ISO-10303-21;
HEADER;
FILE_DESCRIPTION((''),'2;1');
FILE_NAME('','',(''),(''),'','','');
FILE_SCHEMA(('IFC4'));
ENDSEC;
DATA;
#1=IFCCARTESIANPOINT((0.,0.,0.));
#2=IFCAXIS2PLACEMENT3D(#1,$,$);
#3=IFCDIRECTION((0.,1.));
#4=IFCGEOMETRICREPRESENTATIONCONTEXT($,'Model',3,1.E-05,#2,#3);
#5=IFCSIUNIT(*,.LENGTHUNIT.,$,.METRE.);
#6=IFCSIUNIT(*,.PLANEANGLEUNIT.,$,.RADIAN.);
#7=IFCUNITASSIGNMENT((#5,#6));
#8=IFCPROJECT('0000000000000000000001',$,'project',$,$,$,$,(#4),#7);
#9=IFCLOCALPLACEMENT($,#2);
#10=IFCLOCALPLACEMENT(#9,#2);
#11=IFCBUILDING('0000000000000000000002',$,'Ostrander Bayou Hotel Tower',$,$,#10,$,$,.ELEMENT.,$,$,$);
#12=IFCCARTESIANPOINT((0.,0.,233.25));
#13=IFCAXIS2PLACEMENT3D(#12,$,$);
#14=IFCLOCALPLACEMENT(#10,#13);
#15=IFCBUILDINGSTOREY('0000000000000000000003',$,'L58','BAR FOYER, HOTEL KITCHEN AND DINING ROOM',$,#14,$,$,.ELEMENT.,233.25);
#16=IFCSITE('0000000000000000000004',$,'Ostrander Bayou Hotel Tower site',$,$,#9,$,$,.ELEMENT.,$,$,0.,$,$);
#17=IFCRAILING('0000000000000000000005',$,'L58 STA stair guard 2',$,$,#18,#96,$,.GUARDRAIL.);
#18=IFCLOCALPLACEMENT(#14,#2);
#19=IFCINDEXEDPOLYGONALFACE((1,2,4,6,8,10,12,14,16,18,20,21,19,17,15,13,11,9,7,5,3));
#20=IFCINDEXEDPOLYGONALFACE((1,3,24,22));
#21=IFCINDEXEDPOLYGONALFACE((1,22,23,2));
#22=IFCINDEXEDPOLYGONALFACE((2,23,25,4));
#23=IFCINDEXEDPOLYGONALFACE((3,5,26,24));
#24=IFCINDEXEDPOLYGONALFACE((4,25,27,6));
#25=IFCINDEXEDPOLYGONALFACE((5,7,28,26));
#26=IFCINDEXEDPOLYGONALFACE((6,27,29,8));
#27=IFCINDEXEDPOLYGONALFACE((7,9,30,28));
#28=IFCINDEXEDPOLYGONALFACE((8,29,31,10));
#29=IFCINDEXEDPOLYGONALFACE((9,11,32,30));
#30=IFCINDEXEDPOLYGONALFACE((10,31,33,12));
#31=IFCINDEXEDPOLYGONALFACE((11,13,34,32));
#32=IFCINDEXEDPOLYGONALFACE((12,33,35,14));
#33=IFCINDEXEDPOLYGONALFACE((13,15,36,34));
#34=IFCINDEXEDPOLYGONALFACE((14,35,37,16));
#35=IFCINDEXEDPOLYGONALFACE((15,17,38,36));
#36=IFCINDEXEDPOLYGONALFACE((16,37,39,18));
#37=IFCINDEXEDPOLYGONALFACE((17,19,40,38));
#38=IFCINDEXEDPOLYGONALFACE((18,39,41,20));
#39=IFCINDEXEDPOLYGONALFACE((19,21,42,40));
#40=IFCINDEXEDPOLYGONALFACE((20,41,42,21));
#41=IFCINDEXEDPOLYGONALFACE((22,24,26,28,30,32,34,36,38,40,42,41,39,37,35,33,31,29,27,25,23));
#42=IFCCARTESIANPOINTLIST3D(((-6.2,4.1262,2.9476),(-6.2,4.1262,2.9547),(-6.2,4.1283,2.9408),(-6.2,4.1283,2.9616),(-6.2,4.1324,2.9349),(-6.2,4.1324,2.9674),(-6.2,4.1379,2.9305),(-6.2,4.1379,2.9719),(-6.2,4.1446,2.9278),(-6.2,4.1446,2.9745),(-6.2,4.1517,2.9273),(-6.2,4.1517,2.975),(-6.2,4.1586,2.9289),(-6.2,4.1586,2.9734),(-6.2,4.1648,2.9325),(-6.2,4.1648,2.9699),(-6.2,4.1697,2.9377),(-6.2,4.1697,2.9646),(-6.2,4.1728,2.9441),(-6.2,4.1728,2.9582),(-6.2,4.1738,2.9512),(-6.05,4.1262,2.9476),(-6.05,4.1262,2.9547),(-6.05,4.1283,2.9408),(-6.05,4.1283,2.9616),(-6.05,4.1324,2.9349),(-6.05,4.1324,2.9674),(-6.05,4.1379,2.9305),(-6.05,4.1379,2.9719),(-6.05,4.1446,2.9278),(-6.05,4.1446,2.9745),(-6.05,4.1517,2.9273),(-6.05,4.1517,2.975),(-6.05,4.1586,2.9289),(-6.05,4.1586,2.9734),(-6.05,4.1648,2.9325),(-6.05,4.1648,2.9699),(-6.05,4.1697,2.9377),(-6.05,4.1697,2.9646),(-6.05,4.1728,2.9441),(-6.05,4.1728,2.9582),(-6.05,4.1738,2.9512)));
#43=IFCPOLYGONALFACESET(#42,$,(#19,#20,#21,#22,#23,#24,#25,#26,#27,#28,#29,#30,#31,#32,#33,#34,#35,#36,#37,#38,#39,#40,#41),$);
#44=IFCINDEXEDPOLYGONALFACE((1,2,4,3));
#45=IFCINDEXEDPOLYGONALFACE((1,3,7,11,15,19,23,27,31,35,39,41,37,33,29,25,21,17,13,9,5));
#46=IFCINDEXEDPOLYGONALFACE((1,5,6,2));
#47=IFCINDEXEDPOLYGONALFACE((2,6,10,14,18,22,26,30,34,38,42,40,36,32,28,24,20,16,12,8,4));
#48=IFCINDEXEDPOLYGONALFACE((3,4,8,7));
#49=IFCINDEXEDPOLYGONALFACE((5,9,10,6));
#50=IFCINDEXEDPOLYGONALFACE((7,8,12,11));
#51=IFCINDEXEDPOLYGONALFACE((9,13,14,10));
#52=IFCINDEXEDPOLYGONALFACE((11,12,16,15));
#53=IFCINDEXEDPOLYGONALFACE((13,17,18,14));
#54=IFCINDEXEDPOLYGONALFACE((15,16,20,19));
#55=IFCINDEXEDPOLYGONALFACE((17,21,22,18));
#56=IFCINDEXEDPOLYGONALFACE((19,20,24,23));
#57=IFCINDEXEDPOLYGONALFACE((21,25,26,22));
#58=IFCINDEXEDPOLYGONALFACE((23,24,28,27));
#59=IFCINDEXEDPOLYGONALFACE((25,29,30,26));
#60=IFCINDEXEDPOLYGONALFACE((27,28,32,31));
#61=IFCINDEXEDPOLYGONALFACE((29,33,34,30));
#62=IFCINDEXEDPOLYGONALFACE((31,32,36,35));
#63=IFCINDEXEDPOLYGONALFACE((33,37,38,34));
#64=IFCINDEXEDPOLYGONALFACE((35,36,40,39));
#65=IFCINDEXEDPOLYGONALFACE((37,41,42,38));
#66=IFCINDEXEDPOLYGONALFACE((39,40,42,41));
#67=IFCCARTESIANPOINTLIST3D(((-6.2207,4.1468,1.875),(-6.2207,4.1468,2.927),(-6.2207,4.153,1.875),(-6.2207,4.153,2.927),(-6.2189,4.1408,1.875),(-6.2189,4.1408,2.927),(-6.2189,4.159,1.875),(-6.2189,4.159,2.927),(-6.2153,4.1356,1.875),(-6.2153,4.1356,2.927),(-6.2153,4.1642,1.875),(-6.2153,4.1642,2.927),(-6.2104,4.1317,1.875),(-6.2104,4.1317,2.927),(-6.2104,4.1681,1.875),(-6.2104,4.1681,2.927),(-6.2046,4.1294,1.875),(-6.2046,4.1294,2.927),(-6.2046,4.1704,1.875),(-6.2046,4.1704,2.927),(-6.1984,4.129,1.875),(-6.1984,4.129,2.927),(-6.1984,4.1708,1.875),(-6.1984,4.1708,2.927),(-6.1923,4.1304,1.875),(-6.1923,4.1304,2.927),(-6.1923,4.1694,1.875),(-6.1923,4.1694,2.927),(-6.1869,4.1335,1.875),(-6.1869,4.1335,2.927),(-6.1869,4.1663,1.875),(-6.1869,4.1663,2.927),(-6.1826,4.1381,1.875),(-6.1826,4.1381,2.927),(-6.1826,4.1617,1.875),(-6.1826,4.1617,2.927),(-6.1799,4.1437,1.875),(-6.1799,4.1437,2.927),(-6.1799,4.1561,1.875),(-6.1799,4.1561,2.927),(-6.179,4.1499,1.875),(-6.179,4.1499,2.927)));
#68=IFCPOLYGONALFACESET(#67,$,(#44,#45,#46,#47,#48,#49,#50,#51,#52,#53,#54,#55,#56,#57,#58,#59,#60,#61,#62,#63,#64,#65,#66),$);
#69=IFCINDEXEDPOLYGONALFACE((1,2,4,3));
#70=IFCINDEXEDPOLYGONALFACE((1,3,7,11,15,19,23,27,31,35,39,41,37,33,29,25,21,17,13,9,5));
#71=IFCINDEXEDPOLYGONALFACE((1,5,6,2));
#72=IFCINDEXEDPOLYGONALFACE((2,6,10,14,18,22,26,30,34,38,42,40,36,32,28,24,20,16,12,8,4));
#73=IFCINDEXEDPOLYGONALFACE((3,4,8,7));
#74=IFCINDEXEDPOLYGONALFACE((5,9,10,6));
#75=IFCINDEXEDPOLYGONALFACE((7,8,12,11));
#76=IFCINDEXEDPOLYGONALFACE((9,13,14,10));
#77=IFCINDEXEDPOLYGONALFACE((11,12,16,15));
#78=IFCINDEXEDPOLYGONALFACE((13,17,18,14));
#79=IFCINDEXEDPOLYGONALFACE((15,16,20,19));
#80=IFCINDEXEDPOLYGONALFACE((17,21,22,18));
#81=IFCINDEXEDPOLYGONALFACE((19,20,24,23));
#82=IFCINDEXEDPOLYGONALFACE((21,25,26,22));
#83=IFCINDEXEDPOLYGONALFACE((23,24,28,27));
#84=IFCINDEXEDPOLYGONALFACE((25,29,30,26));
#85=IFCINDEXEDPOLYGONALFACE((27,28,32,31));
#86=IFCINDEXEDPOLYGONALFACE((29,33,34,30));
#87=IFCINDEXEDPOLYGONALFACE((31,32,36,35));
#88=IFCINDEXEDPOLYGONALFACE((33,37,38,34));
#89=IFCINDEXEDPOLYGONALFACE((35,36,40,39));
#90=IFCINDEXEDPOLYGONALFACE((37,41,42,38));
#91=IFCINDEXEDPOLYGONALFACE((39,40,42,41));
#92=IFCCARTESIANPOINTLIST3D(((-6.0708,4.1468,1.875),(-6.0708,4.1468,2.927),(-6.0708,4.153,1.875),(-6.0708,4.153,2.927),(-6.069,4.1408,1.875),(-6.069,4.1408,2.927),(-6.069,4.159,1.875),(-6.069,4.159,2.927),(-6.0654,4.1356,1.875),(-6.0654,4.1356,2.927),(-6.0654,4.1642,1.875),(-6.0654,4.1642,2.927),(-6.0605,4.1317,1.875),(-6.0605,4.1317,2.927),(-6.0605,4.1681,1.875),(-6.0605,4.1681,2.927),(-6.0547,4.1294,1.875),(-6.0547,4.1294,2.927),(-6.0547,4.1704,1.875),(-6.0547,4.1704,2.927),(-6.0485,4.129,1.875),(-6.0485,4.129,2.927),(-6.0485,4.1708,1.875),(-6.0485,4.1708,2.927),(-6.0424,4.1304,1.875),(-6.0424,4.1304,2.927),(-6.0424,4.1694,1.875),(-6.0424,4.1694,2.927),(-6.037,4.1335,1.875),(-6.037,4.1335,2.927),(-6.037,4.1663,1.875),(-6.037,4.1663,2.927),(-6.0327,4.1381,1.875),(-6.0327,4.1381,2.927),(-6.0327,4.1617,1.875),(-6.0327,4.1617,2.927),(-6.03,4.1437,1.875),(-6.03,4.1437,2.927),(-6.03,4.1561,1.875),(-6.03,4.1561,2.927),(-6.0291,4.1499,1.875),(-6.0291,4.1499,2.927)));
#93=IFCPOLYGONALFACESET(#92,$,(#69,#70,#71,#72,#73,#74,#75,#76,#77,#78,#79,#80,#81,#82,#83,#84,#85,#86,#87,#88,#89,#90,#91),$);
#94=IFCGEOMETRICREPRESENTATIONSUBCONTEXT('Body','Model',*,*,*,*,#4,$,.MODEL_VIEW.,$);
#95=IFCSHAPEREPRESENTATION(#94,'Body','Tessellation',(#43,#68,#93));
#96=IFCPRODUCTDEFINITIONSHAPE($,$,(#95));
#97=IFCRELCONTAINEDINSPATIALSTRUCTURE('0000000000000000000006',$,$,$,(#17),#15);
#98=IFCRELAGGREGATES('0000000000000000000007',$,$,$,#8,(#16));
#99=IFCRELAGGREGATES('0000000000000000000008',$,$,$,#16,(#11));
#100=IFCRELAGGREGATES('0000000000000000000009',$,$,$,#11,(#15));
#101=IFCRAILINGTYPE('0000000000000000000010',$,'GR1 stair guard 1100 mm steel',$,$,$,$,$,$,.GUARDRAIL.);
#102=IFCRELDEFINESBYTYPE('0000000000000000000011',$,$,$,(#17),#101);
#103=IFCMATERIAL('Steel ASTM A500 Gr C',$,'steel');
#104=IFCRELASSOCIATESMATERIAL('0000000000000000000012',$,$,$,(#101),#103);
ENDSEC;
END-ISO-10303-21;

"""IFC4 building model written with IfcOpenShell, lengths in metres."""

from ifc_helpers import new_model, si_unit, direction, frame, origin, origin_2d, place, context, subcontext, project, spatial, circle, extrude, material, type_object, element, save


model = new_model("IFC4")

# Units and contexts
model_context = context("Model", 3, precision=1e-05, world=origin(), true_north=direction((0.0, 1.0)))
body_context = subcontext(model_context, "Body", "Model", "MODEL_VIEW")
ifc_project = project(units=[si_unit("LENGTHUNIT", "METRE"), si_unit("PLANEANGLEUNIT", "RADIAN")], contexts=[model_context])

# Site, building, storey
site_placement = place(None, origin())
site = spatial("IfcSite", under=ifc_project, at=site_placement, Name="Ostrander Bayou Hotel Tower site", CompositionType="ELEMENT", RefElevation=0.0)
building_placement = place(site_placement, origin())
building = spatial("IfcBuilding", under=site, at=building_placement, Name="Ostrander Bayou Hotel Tower", CompositionType="ELEMENT")
storey_placement = place(building_placement, frame((0.0, 0.0, 233.25)))
storey = spatial("IfcBuildingStorey", under=building, at=storey_placement, Name="L58", Description="BAR FOYER, HOTEL KITCHEN AND DINING ROOM", CompositionType="ELEMENT", Elevation=233.25)

# Railing
ifc_material_1 = material(Name="Steel ASTM A500 Gr C", Category="steel")
railing_type_1 = type_object("IfcRailingType", Name="GR1 stair guard 1100 mm steel", PredefinedType="GUARDRAIL", material=ifc_material_1)
railing_1_placement = place(storey_placement, frame((-6.2, 4.1499, 1.875)))
element("IfcRailing", 1, at=railing_1_placement, inside=storey, type_object=railing_type_1, Name="L58 STA stair guard 2", PredefinedType="GUARDRAIL", context=body_context, shape_type="SweptSolid", body=[
    extrude(circle(Radius=0.0239, at=origin_2d()), frame((0.0, 0.0, 1.0762), z_axis=(1.0, 0.0, 0.0), x_axis=(0.0, 1.0, 0.0)), (0.0, 0.0, 1.0), 0.1499),
    extrude(circle(Radius=0.021, at=origin_2d()), origin(), (0.0, 0.0, 1.0), 1.052),
    extrude(circle(Radius=0.021, at=origin_2d()), frame((0.1499, 0.0, 0.0)), (0.0, 0.0, 1.0), 1.052),
])

save(model, "model.ifc")
